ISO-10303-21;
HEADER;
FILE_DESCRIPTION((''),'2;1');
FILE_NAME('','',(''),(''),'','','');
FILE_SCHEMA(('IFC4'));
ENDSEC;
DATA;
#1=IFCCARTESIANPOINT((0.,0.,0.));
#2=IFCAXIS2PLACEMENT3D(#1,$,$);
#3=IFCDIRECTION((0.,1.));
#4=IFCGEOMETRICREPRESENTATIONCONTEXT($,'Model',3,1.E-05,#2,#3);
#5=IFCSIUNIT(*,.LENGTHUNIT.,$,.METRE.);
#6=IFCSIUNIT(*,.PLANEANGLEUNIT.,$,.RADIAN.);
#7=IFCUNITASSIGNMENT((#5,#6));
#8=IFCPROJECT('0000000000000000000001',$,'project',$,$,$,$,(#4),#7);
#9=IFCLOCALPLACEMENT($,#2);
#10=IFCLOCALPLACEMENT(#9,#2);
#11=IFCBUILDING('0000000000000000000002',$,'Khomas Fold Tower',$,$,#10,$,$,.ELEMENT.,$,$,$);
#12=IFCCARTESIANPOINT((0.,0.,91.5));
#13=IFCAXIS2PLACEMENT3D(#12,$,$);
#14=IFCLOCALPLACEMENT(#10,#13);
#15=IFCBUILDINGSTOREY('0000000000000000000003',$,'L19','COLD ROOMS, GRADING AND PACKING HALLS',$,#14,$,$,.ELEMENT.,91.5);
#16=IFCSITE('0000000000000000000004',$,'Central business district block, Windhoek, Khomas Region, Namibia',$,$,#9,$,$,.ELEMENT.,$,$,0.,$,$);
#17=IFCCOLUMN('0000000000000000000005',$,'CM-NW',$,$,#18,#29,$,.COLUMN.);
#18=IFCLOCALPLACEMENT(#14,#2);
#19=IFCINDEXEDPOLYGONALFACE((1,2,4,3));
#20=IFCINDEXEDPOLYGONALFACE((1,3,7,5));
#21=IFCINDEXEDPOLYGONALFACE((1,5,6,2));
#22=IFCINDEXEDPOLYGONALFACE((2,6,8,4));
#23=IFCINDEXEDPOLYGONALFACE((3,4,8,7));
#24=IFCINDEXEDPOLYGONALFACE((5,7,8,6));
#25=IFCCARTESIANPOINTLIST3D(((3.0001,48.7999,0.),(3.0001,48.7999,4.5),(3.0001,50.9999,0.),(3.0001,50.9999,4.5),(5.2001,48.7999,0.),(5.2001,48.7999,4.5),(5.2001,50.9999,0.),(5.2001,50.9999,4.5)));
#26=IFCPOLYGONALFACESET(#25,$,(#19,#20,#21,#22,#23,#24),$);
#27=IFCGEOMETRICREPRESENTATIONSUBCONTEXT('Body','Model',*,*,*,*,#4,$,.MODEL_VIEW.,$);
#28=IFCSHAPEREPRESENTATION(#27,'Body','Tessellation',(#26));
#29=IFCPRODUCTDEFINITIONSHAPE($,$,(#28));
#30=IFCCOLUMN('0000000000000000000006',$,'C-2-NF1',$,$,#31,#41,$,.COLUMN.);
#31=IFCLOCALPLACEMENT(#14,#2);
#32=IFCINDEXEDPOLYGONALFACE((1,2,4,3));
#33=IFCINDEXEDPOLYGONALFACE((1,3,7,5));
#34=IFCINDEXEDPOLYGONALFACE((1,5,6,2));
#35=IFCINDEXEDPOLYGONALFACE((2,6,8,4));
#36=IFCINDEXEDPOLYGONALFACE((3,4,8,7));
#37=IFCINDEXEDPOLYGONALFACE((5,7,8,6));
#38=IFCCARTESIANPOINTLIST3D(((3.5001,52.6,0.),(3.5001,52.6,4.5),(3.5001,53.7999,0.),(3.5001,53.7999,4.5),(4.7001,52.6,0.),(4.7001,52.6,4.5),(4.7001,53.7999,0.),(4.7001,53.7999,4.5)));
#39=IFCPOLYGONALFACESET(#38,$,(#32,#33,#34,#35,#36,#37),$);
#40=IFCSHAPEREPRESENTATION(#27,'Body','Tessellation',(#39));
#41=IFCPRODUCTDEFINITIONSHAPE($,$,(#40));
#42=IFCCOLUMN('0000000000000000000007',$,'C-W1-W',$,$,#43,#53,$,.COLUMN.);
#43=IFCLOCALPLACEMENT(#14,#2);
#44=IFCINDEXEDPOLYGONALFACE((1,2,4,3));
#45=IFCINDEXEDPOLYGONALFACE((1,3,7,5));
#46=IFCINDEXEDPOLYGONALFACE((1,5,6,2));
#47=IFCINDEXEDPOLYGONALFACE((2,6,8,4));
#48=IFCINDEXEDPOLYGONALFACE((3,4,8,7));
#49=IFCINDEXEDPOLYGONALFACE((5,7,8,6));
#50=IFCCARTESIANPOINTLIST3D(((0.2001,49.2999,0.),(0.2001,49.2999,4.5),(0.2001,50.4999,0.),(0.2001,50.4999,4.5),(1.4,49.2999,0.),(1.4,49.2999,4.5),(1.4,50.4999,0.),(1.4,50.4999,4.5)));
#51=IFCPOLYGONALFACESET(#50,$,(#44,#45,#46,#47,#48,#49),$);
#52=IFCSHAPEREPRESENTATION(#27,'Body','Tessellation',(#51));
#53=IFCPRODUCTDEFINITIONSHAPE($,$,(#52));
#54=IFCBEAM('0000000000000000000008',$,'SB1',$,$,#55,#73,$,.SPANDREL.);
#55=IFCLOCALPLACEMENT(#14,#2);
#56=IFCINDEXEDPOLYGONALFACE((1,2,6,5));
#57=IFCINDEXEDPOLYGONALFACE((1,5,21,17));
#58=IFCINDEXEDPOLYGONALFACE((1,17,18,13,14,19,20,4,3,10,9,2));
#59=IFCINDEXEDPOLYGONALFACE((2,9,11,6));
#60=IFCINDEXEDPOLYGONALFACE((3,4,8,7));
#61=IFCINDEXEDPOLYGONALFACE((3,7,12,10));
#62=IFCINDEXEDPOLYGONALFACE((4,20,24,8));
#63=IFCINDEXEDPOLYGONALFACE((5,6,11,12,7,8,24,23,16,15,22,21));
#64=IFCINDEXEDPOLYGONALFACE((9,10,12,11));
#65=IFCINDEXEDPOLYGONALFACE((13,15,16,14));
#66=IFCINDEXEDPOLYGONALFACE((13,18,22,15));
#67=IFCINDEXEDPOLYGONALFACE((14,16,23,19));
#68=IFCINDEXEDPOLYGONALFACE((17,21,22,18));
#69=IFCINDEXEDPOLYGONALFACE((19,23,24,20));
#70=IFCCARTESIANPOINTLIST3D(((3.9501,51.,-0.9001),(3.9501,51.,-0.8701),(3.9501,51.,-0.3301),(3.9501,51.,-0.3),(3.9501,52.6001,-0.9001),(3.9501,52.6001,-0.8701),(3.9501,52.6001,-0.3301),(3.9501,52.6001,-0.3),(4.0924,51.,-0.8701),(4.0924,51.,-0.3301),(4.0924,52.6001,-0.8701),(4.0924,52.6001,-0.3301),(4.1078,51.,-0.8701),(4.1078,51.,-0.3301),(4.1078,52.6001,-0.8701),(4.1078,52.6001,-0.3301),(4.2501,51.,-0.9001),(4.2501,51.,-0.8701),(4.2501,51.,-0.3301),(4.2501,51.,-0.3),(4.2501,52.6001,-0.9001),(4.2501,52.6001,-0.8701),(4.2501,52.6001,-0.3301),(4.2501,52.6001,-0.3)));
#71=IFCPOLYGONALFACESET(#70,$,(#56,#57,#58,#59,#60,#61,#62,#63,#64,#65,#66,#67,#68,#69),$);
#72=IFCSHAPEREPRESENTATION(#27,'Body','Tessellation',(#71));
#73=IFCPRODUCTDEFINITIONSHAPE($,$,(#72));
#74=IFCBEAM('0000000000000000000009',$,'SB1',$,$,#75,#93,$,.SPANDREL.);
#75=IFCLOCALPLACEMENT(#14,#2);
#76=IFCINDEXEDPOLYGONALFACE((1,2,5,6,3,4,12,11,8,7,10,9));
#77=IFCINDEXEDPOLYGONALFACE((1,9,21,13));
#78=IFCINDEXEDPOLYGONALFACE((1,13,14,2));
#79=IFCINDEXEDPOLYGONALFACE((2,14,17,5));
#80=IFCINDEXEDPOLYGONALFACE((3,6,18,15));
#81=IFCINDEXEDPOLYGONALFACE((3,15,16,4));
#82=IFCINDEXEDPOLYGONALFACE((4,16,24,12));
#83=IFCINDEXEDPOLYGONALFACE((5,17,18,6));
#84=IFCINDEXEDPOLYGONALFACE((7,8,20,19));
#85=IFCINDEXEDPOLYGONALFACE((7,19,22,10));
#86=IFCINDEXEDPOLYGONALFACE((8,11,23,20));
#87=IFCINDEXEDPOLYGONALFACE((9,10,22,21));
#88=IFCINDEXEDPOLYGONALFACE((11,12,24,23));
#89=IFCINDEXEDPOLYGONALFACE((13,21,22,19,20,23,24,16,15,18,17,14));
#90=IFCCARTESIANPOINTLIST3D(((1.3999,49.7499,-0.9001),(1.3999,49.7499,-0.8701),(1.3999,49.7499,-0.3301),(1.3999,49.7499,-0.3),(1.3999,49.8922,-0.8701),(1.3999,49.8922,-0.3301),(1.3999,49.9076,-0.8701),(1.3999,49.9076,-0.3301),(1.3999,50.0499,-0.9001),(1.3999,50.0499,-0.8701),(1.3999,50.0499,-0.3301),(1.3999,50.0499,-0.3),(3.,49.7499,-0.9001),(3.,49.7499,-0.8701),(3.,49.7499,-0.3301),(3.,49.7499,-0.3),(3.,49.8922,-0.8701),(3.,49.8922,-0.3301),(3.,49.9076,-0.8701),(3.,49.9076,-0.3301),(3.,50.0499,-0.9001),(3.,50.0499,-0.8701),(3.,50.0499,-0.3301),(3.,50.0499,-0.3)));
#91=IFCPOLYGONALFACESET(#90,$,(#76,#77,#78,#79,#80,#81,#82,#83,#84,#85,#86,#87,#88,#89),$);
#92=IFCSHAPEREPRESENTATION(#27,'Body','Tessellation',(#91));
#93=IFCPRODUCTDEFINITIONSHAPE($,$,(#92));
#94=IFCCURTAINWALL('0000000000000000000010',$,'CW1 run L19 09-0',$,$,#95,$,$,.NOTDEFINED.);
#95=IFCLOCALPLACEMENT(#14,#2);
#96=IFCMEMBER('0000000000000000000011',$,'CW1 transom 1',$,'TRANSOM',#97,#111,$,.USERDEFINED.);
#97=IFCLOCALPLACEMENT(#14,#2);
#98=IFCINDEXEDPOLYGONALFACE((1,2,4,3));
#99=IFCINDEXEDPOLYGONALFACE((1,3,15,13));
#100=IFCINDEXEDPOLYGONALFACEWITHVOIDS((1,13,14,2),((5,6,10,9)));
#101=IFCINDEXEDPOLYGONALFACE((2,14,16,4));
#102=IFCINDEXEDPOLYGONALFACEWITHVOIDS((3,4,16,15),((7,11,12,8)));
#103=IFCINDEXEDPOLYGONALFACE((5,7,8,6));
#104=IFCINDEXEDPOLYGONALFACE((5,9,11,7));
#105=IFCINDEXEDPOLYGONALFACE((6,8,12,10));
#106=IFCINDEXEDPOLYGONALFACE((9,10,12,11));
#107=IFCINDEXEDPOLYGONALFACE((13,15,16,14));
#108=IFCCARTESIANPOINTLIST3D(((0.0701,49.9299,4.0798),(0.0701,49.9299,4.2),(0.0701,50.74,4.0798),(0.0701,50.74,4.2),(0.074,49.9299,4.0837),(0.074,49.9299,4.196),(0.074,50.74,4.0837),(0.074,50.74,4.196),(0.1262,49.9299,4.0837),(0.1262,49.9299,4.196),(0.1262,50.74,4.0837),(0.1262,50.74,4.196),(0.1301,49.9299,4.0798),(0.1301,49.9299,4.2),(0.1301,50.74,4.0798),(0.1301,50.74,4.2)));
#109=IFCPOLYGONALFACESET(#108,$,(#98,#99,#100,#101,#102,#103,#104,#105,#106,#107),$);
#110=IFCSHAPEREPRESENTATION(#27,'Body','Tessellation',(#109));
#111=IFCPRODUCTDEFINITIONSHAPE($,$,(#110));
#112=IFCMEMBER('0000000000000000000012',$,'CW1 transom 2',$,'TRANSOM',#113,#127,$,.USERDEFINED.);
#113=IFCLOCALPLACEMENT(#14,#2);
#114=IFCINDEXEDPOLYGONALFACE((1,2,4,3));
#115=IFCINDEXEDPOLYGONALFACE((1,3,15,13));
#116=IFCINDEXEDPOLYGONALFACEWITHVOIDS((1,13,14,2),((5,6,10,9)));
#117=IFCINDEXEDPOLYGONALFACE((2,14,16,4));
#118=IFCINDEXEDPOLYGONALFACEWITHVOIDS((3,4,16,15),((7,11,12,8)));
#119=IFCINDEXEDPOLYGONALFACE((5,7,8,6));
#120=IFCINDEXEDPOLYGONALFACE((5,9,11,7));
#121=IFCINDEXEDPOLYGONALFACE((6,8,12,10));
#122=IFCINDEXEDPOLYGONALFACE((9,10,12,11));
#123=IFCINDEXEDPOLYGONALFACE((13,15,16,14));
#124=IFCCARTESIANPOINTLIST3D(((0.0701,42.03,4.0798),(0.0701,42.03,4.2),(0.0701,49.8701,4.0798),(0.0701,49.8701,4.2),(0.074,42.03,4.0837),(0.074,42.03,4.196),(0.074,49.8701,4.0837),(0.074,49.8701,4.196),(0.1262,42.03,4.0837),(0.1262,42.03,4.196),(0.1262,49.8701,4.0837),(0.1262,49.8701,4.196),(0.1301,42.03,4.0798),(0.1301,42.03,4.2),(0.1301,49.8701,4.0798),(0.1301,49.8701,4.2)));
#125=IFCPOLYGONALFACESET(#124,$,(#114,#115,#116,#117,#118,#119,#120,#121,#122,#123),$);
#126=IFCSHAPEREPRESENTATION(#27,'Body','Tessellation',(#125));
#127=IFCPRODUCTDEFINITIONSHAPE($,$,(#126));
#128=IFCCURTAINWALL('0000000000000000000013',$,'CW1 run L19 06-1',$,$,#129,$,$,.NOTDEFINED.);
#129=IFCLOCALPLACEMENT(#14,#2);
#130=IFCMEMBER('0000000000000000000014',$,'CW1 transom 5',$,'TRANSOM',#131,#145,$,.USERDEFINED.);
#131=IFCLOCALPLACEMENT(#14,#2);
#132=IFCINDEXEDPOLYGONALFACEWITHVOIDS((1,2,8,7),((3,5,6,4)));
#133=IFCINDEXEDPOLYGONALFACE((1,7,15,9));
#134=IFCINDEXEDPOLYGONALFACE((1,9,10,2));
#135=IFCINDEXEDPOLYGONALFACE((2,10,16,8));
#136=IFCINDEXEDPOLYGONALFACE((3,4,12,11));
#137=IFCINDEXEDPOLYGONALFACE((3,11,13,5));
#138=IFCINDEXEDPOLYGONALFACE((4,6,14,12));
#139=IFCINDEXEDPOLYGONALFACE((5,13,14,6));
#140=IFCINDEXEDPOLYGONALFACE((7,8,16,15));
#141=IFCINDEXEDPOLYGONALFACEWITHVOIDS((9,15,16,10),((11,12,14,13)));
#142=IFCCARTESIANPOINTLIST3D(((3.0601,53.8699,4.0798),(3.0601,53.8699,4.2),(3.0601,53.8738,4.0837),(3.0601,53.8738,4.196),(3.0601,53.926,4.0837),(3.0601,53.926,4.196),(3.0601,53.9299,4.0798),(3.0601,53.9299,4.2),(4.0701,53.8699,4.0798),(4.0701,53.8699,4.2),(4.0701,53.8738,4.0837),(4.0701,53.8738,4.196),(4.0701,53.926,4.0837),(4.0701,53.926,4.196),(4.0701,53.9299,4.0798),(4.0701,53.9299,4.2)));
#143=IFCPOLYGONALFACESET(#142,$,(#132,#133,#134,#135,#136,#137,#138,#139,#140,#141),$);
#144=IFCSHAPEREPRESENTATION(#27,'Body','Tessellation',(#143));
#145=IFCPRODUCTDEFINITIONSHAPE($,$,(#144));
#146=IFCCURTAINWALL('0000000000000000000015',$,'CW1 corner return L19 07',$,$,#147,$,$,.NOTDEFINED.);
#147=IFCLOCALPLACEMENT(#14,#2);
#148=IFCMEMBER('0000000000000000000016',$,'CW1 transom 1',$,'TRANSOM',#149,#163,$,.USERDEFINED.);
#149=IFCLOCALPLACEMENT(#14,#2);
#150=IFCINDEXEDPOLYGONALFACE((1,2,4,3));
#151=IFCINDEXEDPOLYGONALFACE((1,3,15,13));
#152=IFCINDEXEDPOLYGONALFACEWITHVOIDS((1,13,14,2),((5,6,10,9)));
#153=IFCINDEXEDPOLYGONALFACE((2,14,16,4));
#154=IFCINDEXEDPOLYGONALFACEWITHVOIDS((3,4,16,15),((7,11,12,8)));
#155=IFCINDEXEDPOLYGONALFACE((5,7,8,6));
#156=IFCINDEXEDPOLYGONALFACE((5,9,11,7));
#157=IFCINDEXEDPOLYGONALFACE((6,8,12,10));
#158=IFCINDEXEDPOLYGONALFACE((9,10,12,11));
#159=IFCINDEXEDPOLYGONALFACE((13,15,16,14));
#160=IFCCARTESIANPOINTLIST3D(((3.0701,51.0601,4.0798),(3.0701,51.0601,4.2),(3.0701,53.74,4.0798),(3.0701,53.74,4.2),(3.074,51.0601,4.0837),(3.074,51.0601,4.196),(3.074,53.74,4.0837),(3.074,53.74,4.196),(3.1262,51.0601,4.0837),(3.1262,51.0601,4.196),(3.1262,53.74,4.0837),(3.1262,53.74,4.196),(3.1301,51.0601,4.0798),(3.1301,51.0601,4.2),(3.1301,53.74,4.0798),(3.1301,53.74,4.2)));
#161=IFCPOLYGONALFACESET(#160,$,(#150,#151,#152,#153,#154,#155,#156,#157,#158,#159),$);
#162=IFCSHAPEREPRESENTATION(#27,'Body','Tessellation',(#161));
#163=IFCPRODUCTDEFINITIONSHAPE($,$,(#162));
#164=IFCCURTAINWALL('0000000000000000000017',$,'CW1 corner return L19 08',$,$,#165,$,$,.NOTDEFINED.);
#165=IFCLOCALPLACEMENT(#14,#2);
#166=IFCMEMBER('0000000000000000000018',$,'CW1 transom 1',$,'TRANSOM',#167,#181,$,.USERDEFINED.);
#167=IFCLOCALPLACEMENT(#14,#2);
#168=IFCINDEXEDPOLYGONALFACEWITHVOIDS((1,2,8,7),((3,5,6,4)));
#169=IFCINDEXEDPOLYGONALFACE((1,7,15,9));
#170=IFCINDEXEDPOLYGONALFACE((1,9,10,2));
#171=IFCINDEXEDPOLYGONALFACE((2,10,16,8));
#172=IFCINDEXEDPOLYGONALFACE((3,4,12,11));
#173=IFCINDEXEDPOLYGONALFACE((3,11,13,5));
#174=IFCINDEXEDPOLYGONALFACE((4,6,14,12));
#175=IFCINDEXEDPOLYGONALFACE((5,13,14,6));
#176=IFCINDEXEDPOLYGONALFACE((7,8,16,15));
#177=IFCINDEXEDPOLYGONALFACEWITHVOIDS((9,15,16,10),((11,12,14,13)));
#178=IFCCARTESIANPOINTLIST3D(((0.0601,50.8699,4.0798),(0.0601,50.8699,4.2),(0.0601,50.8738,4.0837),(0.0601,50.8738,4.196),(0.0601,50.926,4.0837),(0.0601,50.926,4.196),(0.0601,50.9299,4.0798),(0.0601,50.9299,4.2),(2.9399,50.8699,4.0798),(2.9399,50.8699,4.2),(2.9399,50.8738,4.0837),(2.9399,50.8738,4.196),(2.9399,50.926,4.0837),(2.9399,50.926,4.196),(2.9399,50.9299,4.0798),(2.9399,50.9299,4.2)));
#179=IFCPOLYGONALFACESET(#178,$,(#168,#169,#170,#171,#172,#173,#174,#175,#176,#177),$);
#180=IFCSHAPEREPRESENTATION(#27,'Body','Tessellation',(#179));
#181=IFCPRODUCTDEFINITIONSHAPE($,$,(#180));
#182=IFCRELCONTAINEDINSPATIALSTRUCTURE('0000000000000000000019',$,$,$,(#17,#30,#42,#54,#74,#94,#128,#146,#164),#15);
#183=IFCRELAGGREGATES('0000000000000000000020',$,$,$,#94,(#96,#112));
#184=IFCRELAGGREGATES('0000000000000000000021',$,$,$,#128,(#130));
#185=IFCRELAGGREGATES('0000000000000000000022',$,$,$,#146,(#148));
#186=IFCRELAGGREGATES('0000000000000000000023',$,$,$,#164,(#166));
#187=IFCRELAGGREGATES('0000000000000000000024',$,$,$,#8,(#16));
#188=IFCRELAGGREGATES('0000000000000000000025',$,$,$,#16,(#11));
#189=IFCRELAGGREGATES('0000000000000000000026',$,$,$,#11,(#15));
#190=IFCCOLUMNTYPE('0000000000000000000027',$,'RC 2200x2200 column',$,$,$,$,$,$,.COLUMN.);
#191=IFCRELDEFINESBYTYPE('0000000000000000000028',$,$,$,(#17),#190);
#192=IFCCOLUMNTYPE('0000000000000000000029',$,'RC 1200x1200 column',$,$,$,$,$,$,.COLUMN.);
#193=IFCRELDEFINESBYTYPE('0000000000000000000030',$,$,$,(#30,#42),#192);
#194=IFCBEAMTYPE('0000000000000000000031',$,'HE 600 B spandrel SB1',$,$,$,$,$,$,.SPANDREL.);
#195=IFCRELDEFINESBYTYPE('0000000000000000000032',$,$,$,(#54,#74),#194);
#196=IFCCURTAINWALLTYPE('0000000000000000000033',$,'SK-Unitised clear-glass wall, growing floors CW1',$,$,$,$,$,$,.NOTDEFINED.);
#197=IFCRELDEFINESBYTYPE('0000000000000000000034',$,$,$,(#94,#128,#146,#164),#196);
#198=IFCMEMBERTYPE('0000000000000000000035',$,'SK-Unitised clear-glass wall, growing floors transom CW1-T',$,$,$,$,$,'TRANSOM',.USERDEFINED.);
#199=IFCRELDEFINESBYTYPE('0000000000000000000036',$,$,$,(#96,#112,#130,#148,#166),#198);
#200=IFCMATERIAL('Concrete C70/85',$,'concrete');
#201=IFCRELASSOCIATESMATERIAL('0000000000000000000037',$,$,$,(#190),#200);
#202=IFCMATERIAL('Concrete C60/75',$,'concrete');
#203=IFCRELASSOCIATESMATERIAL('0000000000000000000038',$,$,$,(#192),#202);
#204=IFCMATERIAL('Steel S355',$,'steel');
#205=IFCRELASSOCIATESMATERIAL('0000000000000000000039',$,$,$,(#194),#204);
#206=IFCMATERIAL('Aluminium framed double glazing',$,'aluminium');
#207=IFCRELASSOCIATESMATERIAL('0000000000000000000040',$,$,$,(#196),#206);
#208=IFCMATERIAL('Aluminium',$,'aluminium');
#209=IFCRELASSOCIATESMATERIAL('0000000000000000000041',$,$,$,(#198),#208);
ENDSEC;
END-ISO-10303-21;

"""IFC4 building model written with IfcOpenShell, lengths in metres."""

from ifc_helpers import new_model, si_unit, direction, frame, origin, origin_2d, place, context, subcontext, project, spatial, rectangle, hollow_rectangle, i_section, extrude, source, transform, mapped, material, material_profile, profile_set, type_object, element, aggregate, save


model = new_model("IFC4")

# Units and contexts
model_context = context("Model", 3, precision=1e-05, world=origin(), true_north=direction((0.0, 1.0)))
body_context = subcontext(model_context, "Body", "Model", "MODEL_VIEW")
ifc_project = project(units=[si_unit("LENGTHUNIT", "METRE"), si_unit("PLANEANGLEUNIT", "RADIAN")], contexts=[model_context])

# Site, building, storey
site_placement = place(None, origin())
site = spatial("IfcSite", under=ifc_project, at=site_placement, Name="Central business district block, Windhoek, Khomas Region, Namibia", CompositionType="ELEMENT", RefElevation=0.0)
building_placement = place(site_placement, origin())
building = spatial("IfcBuilding", under=site, at=building_placement, Name="Khomas Fold Tower", CompositionType="ELEMENT")
storey_placement = place(building_placement, frame((0.0, 0.0, 91.5)))
storey = spatial("IfcBuildingStorey", under=building, at=storey_placement, Name="L19", Description="COLD ROOMS, GRADING AND PACKING HALLS", CompositionType="ELEMENT", Elevation=91.5)

# Columns
ifc_material_1 = material(Name="Concrete C70/85", Category="concrete")
ifc_material_profile_1 = material_profile(ifc_material_1, rectangle(XDim=2.2, YDim=2.2, at=origin_2d()), Name="RC 2200x2200")
ifc_profile_set_1 = profile_set([ifc_material_profile_1], Name="Concrete C70/85")
column_type_1 = type_object("IfcColumnType", Name="RC 2200x2200 column", PredefinedType="COLUMN", material=ifc_profile_set_1)
shared_shape_1 = source(origin(), body_context, "Body", "SweptSolid", [
    extrude(rectangle(XDim=2.2, YDim=2.2, at=origin_2d()), origin(), (0.0, 0.0, 1.0), 4.5),
])
column_placement = place(storey_placement, frame((4.1001, 49.8999, 0.0), z_axis=(0.0, 0.0, 1.0), x_axis=(1.0, 0.0, 0.0)))
element("IfcColumn", 1, at=column_placement, inside=storey, type_object=column_type_1, Name="CM-NW", PredefinedType="COLUMN", context=body_context, shape_type="MappedRepresentation", body=[
    mapped(shared_shape_1, transform((0.0, 0.0, 0.0))),
])
ifc_material_2 = material(Name="Concrete C60/75", Category="concrete")
ifc_material_profile_2 = material_profile(ifc_material_2, rectangle(XDim=1.2, YDim=1.2, at=origin_2d()), Name="RC 1200x1200")
ifc_profile_set_2 = profile_set([ifc_material_profile_2], Name="Concrete C60/75")
column_type_2 = type_object("IfcColumnType", Name="RC 1200x1200 column", PredefinedType="COLUMN", material=ifc_profile_set_2)
shared_shape_2 = source(origin(), body_context, "Body", "SweptSolid", [
    extrude(rectangle(XDim=1.2, YDim=1.2, at=origin_2d()), origin(), (0.0, 0.0, 1.0), 4.5),
])
for number, where, z_axis, x_axis, name in (
    (2, (4.1001, 53.2, 0.0), (0.0, 0.0, 1.0), (1.0, 0.0, 0.0), "C-2-NF1"),
    (3, (0.8, 49.8999, 0.0), (0.0, 0.0, 1.0), (1.0, 0.0, 0.0), "C-W1-W"),
):
    element("IfcColumn", number, at=place(storey_placement, frame(where, z_axis=z_axis, x_axis=x_axis)), inside=storey, type_object=column_type_2, Name=name, PredefinedType="COLUMN", context=body_context, shape_type="MappedRepresentation", body=[
        mapped(shared_shape_2, transform((0.0, 0.0, 0.0))),
    ])

# Beams
ifc_material_3 = material(Name="Steel S355", Category="steel")
ifc_material_profile_3 = material_profile(ifc_material_3, i_section(OverallWidth=0.3, OverallDepth=0.6001, WebThickness=0.0154, FlangeThickness=0.03, at=origin_2d()), Name="HE 600 B")
ifc_profile_set_3 = profile_set([ifc_material_profile_3], Name="Steel S355")
beam_type = type_object("IfcBeamType", Name="HE 600 B spandrel SB1", PredefinedType="SPANDREL", material=ifc_profile_set_3)
shared_shape_3 = source(origin(), body_context, "Body", "SweptSolid", [
    extrude(i_section(OverallWidth=0.3, OverallDepth=0.6001, WebThickness=0.0154, FlangeThickness=0.03, at=origin_2d()), origin(), (0.0, 0.0, 1.0), 1.6001),
])
for number, where, z_axis, x_axis, name in (
    (4, (4.1001, 51.0, -0.6001), (0.0, 1.0, 0.0), (-1.0, 0.0, 0.0), "SB1"),
    (5, (1.3999, 49.8999, -0.6001), (1.0, 0.0, 0.0), (0.0, 1.0, 0.0), "SB1"),
):
    element("IfcBeam", number, at=place(storey_placement, frame(where, z_axis=z_axis, x_axis=x_axis)), inside=storey, type_object=beam_type, Name=name, PredefinedType="SPANDREL", context=body_context, shape_type="MappedRepresentation", body=[
        mapped(shared_shape_3, transform((0.0, 0.0, 0.0))),
    ])

# Curtain wall, members
ifc_material_4 = material(Name="Aluminium framed double glazing", Category="aluminium")
curtain_wall_type = type_object("IfcCurtainWallType", Name="SK-Unitised clear-glass wall, growing floors CW1", PredefinedType="NOTDEFINED", material=ifc_material_4)
curtain_wall_1_placement = place(storey_placement, origin())
curtain_wall_1 = element("IfcCurtainWall", 6, at=curtain_wall_1_placement, inside=storey, type_object=curtain_wall_type, Name="CW1 run L19 09-0", PredefinedType="NOTDEFINED")
ifc_material_5 = material(Name="Aluminium", Category="aluminium")
ifc_material_profile_4 = material_profile(ifc_material_5, hollow_rectangle(XDim=0.0601, YDim=0.1201, WallThickness=0.0039, at=origin_2d()), Name="SK-Unitised clear-glass wall, growing floors transom CW1-T")
ifc_profile_set_4 = profile_set([ifc_material_profile_4], Name="Aluminium")
member_type_1 = type_object("IfcMemberType", Name="SK-Unitised clear-glass wall, growing floors transom CW1-T", ElementType="TRANSOM", PredefinedType="USERDEFINED", material=ifc_profile_set_4)
shared_shape_4 = source(origin(), body_context, "Body", "SweptSolid", [
    extrude(hollow_rectangle(XDim=0.0601, YDim=0.1201, WallThickness=0.0039, at=origin_2d()), origin(), (0.0, 0.0, 1.0), 0.8101),
])
member_1_placement = place(storey_placement, frame((0.1001, 50.74, 4.1399), z_axis=(0.0, -1.0, 0.0), x_axis=(1.0, 0.0, 0.0)))
member_1 = element("IfcMember", 7, at=member_1_placement, type_object=member_type_1, Name="CW1 transom 1", ObjectType="TRANSOM", PredefinedType="USERDEFINED", context=body_context, shape_type="MappedRepresentation", body=[
    mapped(shared_shape_4, transform((0.0, 0.0, 0.0))),
])
shared_shape_5 = source(origin(), body_context, "Body", "SweptSolid", [
    extrude(hollow_rectangle(XDim=0.0601, YDim=0.1201, WallThickness=0.0039, at=origin_2d()), origin(), (0.0, 0.0, 1.0), 7.8401),
])
member_2_placement = place(storey_placement, frame((0.1001, 49.8701, 4.1399), z_axis=(0.0, -1.0, 0.0), x_axis=(1.0, 0.0, 0.0)))
member_2 = element("IfcMember", 8, at=member_2_placement, type_object=member_type_1, Name="CW1 transom 2", ObjectType="TRANSOM", PredefinedType="USERDEFINED", context=body_context, shape_type="MappedRepresentation", body=[
    mapped(shared_shape_5, transform((0.0, 0.0, 0.0))),
])

# Curtain walls, members
curtain_wall_2_placement = place(storey_placement, origin())
curtain_wall_2 = element("IfcCurtainWall", 9, at=curtain_wall_2_placement, inside=storey, type_object=curtain_wall_type, Name="CW1 run L19 06-1", PredefinedType="NOTDEFINED")
shared_shape_6 = source(origin(), body_context, "Body", "SweptSolid", [
    extrude(hollow_rectangle(XDim=0.0601, YDim=0.1201, WallThickness=0.0039, at=origin_2d()), origin(), (0.0, 0.0, 1.0), 1.01),
])
member_3_placement = place(storey_placement, frame((4.0701, 53.8999, 4.1399), z_axis=(-1.0, 0.0, 0.0), x_axis=(0.0, -1.0, 0.0)))
member_3 = element("IfcMember", 10, at=member_3_placement, type_object=member_type_1, Name="CW1 transom 5", ObjectType="TRANSOM", PredefinedType="USERDEFINED", context=body_context, shape_type="MappedRepresentation", body=[
    mapped(shared_shape_6, transform((0.0, 0.0, 0.0))),
])
curtain_wall_3_placement = place(storey_placement, origin())
curtain_wall_3 = element("IfcCurtainWall", 11, at=curtain_wall_3_placement, inside=storey, type_object=curtain_wall_type, Name="CW1 corner return L19 07", PredefinedType="NOTDEFINED")
shared_shape_7 = source(origin(), body_context, "Body", "SweptSolid", [
    extrude(hollow_rectangle(XDim=0.0601, YDim=0.1201, WallThickness=0.0039, at=origin_2d()), origin(), (0.0, 0.0, 1.0), 2.6799),
])
member_4_placement = place(storey_placement, frame((3.1001, 53.74, 4.1399), z_axis=(0.0, -1.0, 0.0), x_axis=(1.0, 0.0, 0.0)))
member_4 = element("IfcMember", 12, at=member_4_placement, type_object=member_type_1, Name="CW1 transom 1", ObjectType="TRANSOM", PredefinedType="USERDEFINED", context=body_context, shape_type="MappedRepresentation", body=[
    mapped(shared_shape_7, transform((0.0, 0.0, 0.0))),
])
curtain_wall_4_placement = place(storey_placement, origin())
curtain_wall_4 = element("IfcCurtainWall", 13, at=curtain_wall_4_placement, inside=storey, type_object=curtain_wall_type, Name="CW1 corner return L19 08", PredefinedType="NOTDEFINED")
shared_shape_8 = source(origin(), body_context, "Body", "SweptSolid", [
    extrude(hollow_rectangle(XDim=0.0601, YDim=0.1201, WallThickness=0.0039, at=origin_2d()), origin(), (0.0, 0.0, 1.0), 2.8799),
])
member_5_placement = place(storey_placement, frame((2.9399, 50.8999, 4.1399), z_axis=(-1.0, 0.0, 0.0), x_axis=(0.0, -1.0, 0.0)))
member_5 = element("IfcMember", 14, at=member_5_placement, type_object=member_type_1, Name="CW1 transom 1", ObjectType="TRANSOM", PredefinedType="USERDEFINED", context=body_context, shape_type="MappedRepresentation", body=[
    mapped(shared_shape_8, transform((0.0, 0.0, 0.0))),
])

aggregate(curtain_wall_1, [member_1, member_2])
aggregate(curtain_wall_2, [member_3])
aggregate(curtain_wall_3, [member_4])
aggregate(curtain_wall_4, [member_5])

save(model, "model.ifc")
